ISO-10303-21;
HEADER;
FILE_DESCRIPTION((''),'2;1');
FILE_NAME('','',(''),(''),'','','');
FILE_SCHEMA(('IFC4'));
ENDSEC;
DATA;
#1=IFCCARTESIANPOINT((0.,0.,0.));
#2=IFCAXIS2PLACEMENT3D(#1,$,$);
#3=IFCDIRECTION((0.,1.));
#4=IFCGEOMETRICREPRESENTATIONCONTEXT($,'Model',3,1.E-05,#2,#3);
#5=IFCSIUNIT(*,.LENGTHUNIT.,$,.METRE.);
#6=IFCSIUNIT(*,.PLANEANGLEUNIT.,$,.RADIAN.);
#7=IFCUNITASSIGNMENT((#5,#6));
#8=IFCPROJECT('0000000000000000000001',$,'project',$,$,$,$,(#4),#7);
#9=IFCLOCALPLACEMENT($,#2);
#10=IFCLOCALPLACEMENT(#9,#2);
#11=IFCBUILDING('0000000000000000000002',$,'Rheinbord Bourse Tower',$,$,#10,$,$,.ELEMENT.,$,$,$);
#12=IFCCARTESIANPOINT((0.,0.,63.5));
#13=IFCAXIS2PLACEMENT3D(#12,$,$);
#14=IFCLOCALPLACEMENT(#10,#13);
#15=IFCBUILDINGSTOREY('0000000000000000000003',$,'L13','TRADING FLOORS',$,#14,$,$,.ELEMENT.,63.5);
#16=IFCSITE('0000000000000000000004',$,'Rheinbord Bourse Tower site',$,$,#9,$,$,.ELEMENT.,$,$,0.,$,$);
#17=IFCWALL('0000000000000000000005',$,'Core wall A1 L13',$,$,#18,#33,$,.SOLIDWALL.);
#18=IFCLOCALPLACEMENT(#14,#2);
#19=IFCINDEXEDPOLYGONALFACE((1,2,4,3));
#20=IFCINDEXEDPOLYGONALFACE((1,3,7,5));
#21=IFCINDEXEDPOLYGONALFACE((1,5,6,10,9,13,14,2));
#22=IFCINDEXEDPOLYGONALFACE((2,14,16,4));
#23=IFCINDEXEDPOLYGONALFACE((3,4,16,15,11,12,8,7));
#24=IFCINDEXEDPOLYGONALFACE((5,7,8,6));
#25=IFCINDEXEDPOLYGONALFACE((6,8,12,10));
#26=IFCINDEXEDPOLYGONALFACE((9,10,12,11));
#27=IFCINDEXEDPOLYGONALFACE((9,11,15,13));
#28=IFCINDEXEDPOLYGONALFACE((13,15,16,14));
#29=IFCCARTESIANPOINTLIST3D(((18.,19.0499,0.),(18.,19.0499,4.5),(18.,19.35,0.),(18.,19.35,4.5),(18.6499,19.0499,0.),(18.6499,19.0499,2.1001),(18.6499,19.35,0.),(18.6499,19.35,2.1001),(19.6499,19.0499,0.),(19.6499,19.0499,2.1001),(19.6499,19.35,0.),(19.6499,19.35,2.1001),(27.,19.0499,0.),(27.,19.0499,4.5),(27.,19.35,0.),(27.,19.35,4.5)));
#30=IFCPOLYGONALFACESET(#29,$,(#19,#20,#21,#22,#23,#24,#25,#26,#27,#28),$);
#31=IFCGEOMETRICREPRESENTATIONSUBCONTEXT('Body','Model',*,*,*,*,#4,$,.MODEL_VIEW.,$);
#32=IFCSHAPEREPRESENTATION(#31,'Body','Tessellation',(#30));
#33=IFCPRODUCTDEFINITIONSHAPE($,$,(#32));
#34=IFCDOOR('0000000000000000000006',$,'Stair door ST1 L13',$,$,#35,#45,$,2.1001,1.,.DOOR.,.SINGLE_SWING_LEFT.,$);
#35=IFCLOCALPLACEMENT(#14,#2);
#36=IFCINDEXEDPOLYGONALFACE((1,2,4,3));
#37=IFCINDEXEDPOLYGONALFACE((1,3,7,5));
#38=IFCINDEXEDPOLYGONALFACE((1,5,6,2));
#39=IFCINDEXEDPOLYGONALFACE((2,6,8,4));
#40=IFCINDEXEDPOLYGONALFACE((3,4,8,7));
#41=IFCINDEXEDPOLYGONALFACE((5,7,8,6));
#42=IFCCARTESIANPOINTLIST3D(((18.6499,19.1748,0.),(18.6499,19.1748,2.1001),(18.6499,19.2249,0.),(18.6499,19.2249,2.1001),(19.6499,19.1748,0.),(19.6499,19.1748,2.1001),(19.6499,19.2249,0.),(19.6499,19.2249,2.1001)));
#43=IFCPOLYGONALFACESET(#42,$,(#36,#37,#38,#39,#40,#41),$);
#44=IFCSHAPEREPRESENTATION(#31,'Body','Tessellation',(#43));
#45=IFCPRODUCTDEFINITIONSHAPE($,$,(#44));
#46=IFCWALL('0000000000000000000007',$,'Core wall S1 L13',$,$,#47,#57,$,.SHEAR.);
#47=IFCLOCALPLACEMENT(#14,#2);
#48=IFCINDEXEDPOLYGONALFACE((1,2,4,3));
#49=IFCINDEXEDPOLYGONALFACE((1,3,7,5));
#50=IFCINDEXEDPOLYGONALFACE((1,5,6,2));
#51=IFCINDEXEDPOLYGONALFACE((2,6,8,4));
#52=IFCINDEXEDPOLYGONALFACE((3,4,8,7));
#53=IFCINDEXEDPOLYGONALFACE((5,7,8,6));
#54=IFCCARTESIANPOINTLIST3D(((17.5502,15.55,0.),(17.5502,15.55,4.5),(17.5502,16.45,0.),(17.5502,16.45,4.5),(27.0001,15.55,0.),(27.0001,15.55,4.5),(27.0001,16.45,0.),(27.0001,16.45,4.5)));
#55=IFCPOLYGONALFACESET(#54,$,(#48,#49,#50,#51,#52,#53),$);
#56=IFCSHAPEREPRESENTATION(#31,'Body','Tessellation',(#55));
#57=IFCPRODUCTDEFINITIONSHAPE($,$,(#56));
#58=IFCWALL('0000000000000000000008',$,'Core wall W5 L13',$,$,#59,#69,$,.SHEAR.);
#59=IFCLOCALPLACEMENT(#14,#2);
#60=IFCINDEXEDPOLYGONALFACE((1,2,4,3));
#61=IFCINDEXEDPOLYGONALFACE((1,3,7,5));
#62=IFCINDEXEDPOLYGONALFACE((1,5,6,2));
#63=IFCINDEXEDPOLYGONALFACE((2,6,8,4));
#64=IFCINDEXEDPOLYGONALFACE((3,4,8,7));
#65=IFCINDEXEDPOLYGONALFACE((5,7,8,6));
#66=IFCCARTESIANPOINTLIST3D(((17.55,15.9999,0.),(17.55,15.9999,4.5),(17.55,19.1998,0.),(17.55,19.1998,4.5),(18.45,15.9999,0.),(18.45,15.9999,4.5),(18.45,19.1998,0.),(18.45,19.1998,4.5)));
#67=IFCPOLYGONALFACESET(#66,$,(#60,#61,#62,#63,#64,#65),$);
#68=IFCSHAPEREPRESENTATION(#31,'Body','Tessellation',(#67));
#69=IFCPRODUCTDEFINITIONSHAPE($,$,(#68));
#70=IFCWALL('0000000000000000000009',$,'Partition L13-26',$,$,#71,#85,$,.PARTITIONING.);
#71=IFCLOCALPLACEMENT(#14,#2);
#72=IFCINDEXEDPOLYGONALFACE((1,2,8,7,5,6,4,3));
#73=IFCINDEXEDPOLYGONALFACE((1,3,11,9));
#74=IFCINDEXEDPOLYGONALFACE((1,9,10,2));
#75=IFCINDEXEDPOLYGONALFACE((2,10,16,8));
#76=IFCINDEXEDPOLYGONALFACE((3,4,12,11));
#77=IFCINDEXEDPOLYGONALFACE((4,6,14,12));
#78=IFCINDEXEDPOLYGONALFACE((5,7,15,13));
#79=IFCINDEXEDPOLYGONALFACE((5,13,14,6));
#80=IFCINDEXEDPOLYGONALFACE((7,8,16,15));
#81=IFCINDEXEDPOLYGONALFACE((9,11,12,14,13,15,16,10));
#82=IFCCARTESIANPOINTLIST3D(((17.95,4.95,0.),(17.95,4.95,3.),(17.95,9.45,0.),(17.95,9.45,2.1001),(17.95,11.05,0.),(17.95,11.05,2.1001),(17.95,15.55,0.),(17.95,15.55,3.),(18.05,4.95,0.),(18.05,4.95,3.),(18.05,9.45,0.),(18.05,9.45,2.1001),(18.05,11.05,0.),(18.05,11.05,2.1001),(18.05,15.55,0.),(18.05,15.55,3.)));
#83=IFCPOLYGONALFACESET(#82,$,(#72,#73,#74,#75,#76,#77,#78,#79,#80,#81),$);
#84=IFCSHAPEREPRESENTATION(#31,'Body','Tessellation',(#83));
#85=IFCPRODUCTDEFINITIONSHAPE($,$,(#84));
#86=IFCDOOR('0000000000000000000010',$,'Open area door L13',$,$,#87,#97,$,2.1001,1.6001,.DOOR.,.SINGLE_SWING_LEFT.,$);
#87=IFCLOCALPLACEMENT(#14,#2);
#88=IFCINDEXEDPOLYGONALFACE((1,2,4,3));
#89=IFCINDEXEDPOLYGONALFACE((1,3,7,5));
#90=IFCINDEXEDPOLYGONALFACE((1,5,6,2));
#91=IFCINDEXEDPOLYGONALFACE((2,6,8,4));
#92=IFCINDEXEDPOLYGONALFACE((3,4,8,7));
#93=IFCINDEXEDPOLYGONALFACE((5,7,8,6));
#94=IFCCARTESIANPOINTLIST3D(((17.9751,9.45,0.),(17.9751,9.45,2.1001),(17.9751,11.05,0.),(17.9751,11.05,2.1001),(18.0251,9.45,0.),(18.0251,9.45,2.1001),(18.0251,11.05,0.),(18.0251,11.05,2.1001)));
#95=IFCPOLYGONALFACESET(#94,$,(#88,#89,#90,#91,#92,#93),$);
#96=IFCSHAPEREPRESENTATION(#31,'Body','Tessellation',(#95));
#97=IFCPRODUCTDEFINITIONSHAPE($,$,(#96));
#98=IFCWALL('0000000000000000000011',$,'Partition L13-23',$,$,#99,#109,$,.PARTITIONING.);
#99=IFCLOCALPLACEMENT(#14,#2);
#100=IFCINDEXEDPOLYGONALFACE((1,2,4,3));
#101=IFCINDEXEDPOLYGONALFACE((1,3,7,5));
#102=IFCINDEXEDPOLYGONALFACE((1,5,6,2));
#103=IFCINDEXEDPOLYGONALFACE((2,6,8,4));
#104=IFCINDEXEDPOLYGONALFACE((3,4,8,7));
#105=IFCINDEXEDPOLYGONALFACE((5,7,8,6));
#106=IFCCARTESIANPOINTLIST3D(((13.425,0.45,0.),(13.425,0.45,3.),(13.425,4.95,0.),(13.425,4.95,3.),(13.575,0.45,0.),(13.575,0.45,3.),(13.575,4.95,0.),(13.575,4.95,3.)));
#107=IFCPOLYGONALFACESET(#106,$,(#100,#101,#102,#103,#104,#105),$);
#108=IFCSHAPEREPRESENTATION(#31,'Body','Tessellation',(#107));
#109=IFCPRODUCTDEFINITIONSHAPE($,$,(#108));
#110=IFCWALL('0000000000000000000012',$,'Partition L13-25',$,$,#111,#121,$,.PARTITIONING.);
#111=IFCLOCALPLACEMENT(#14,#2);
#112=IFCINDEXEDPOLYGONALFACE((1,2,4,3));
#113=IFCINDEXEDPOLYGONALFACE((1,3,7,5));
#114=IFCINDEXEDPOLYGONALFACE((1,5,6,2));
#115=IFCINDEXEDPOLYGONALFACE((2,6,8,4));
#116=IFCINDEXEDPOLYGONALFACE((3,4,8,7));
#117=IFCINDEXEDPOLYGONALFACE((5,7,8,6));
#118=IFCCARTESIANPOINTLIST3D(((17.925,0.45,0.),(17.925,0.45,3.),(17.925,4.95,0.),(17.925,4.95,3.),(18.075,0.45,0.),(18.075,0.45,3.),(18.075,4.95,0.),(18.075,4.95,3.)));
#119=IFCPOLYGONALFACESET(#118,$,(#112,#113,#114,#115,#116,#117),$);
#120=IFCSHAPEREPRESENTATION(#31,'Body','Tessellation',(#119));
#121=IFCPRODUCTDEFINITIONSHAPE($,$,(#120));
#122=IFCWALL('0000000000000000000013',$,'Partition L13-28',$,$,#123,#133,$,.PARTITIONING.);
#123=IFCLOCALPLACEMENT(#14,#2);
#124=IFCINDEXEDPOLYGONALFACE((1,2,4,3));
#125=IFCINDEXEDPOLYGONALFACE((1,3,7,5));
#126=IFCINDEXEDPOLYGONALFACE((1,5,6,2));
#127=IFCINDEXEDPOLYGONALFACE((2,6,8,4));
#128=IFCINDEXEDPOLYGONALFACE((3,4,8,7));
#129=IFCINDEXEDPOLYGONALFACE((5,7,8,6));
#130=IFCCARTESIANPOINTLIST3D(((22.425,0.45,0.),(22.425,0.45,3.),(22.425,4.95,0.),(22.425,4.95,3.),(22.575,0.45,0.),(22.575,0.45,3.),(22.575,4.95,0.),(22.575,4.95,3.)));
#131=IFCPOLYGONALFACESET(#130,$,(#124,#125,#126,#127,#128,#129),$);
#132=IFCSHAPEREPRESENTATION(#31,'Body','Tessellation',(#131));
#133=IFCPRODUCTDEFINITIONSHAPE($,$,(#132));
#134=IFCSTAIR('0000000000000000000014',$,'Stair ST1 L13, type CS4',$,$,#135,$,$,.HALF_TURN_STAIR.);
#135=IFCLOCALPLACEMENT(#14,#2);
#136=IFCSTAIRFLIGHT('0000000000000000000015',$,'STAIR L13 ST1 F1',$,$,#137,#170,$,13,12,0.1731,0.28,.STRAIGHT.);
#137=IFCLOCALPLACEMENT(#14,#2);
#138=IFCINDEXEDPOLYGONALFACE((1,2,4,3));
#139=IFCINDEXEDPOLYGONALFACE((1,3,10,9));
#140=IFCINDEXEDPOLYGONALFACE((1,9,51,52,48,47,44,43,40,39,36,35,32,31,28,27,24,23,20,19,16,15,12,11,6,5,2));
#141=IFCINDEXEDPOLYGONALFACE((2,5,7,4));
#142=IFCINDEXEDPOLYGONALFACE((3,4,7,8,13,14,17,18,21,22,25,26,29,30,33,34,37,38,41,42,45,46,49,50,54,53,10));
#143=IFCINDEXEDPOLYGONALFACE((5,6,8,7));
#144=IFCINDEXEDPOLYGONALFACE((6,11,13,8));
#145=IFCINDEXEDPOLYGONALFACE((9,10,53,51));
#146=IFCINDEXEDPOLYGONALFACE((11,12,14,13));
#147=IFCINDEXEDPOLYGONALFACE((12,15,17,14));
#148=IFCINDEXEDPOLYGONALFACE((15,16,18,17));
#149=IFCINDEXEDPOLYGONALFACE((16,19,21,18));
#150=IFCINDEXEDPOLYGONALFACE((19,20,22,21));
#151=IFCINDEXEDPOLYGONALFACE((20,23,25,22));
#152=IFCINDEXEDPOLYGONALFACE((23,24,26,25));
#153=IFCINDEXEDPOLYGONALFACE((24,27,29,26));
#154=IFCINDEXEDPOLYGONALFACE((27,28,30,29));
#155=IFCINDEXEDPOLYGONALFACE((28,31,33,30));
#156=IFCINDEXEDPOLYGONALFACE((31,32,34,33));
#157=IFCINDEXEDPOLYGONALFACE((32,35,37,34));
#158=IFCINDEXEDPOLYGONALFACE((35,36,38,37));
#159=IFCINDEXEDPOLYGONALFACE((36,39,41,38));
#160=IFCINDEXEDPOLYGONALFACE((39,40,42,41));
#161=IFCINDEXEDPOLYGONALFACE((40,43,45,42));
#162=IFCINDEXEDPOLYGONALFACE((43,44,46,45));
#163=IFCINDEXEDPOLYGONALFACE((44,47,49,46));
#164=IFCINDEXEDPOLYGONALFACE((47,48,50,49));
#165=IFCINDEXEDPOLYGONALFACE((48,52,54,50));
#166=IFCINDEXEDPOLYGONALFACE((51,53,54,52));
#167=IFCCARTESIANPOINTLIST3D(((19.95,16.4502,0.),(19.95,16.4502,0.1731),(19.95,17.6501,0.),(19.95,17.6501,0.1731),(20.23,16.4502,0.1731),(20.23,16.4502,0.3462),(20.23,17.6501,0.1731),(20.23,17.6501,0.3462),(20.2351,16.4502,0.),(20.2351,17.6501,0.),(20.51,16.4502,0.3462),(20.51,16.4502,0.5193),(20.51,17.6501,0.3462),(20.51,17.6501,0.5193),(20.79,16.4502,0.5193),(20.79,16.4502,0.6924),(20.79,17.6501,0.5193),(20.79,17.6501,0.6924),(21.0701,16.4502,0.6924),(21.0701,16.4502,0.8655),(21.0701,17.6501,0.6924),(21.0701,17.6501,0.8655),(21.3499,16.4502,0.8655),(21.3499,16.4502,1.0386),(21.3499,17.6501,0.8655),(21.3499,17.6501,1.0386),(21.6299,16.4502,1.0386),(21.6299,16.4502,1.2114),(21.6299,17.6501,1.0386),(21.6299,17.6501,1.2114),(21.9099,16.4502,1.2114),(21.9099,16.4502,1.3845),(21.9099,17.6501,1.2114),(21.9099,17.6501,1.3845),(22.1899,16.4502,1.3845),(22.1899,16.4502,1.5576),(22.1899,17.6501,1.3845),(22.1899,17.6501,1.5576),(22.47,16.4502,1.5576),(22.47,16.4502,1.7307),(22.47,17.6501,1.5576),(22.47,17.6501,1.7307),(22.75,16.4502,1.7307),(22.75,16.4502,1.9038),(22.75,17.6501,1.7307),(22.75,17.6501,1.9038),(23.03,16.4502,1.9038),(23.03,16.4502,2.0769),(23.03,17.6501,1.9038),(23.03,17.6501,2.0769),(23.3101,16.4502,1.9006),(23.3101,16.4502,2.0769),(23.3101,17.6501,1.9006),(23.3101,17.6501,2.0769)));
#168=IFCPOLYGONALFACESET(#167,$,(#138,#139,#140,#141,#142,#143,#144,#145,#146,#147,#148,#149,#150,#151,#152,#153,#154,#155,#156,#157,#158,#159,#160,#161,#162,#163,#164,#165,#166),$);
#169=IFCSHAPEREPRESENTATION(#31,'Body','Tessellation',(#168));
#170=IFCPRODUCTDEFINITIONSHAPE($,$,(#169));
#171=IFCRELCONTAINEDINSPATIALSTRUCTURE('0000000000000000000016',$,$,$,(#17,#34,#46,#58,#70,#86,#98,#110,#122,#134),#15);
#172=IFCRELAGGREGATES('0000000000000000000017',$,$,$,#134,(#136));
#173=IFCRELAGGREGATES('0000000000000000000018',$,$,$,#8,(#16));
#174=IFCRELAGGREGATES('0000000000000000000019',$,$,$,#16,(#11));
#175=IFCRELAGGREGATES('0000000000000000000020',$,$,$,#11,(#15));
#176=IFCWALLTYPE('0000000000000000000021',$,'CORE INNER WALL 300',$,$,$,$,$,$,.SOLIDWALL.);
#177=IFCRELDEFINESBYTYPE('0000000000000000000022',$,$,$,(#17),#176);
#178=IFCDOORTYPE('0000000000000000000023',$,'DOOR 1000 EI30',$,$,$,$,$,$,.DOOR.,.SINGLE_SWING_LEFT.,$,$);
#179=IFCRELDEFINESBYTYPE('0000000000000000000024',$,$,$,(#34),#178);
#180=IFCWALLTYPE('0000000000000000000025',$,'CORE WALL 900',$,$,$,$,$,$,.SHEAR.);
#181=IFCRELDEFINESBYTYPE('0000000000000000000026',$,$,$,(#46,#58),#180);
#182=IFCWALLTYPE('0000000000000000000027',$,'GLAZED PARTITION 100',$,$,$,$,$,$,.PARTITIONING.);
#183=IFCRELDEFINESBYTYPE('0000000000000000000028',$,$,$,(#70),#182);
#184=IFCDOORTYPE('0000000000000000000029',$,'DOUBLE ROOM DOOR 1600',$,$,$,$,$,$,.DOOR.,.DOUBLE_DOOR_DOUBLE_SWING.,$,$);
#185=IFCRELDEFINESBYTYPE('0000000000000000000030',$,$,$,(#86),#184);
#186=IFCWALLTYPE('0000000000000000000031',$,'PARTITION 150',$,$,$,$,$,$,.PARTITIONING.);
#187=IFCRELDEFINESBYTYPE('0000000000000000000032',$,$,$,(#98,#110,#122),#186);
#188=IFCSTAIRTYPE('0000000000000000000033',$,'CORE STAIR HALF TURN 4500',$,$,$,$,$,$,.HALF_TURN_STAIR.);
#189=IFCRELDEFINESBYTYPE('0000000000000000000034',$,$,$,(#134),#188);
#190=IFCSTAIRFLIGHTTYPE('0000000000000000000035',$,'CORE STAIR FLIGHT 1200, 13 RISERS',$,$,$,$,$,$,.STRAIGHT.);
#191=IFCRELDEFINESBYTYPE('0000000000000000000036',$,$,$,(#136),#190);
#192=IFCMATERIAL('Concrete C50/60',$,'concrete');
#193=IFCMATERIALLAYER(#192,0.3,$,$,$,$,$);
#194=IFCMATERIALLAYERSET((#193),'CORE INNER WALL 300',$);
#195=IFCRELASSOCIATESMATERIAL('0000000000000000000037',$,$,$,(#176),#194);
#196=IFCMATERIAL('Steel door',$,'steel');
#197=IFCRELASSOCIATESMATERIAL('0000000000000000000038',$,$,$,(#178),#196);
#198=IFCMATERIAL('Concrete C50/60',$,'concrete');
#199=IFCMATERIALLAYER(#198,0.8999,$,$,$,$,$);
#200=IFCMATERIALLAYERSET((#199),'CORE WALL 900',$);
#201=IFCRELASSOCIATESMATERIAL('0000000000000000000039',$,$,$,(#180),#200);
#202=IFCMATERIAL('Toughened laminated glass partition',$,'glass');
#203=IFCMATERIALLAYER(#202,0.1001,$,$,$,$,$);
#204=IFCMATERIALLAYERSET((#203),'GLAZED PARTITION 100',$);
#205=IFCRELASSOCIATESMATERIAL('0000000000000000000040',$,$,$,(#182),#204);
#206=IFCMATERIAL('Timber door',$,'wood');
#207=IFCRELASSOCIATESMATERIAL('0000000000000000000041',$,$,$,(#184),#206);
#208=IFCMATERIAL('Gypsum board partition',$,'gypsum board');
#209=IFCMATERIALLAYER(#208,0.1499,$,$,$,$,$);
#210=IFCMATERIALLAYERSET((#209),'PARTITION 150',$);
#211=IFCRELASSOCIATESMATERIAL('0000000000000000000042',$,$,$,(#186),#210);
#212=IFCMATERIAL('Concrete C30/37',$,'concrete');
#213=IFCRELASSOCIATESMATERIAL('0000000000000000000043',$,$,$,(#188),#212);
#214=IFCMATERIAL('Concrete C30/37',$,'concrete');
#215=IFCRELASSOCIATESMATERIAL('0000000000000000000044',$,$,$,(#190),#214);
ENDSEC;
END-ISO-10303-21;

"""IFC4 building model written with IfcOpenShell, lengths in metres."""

from ifc_helpers import new_model, si_unit, direction, frame, frame_2d, origin, place, context, subcontext, project, spatial, polyline, rectangle, outline, extrude, material, layer, layer_set, type_object, element, fill, aggregate, save


model = new_model("IFC4")

# Units and contexts
model_context = context("Model", 3, precision=1e-05, world=origin(), true_north=direction((0.0, 1.0)))
body_context = subcontext(model_context, "Body", "Model", "MODEL_VIEW")
ifc_project = project(units=[si_unit("LENGTHUNIT", "METRE"), si_unit("PLANEANGLEUNIT", "RADIAN")], contexts=[model_context])

# Site, building, storey
site_placement = place(None, origin())
site = spatial("IfcSite", under=ifc_project, at=site_placement, Name="Rheinbord Bourse Tower site", CompositionType="ELEMENT", RefElevation=0.0)
building_placement = place(site_placement, origin())
building = spatial("IfcBuilding", under=site, at=building_placement, Name="Rheinbord Bourse Tower", CompositionType="ELEMENT")
storey_placement = place(building_placement, frame((0.0, 0.0, 63.5)))
storey = spatial("IfcBuildingStorey", under=building, at=storey_placement, Name="L13", Description="TRADING FLOORS", CompositionType="ELEMENT", Elevation=63.5)

# Wall, opening, door
ifc_material_1 = material(Name="Concrete C50/60", Category="concrete")
ifc_layer_1 = layer(ifc_material_1, 0.3)
ifc_layer_set_1 = layer_set([ifc_layer_1], Name="CORE INNER WALL 300")
wall_type_1 = type_object("IfcWallType", Name="CORE INNER WALL 300", PredefinedType="SOLIDWALL", material=ifc_layer_set_1)
wall_1_placement = place(storey_placement, frame((18.0, 19.2, 0.0), z_axis=(0.0, 0.0, 1.0), x_axis=(1.0, 0.0, 0.0)))
wall_1 = element("IfcWall", 1, at=wall_1_placement, inside=storey, type_object=wall_type_1, Name="Core wall A1 L13", PredefinedType="SOLIDWALL", context=body_context, shape_type="SweptSolid", body=[
    extrude(rectangle(XDim=9.0, YDim=0.3, at=frame_2d((4.5, 0.0))), origin(), (0.0, 0.0, 1.0), 4.5),
])
opening_1_placement = place(wall_1_placement, frame((0.6499, 0.0, 0.0)))
opening_1 = element("IfcOpeningElement", 2, at=opening_1_placement, cuts=wall_1, PredefinedType="OPENING", context=body_context, shape_type="SweptSolid", body=[
    extrude(rectangle(XDim=1.0, YDim=2.1001, at=frame_2d((0.5, 1.05))), frame((0.0, 0.1599, 0.0), z_axis=(0.0, -1.0, 0.0), x_axis=(1.0, 0.0, 0.0)), (0.0, 0.0, 1.0), 0.3201),
])
ifc_material_2 = material(Name="Steel door", Category="steel")
door_type_1 = type_object("IfcDoorType", Name="DOOR 1000 EI30", OperationType="SINGLE_SWING_LEFT", PredefinedType="DOOR", material=ifc_material_2)
door_1_placement = place(opening_1_placement, origin())
door_1 = element("IfcDoor", 3, at=door_1_placement, inside=storey, type_object=door_type_1, Name="Stair door ST1 L13", OperationType="SINGLE_SWING_LEFT", OverallHeight=2.1001, OverallWidth=1.0, PredefinedType="DOOR", context=body_context, shape_type="SweptSolid", body=[
    extrude(rectangle(XDim=1.0, YDim=2.1001, at=frame_2d((0.5, 1.05))), frame((0.0, 0.0249, 0.0), z_axis=(0.0, -1.0, 0.0), x_axis=(1.0, 0.0, 0.0)), (0.0, 0.0, 1.0), 0.05),
])
fill(opening_1, door_1)

# Walls
ifc_material_3 = material(Name="Concrete C50/60", Category="concrete")
ifc_layer_2 = layer(ifc_material_3, 0.8999)
ifc_layer_set_2 = layer_set([ifc_layer_2], Name="CORE WALL 900")
wall_type_2 = type_object("IfcWallType", Name="CORE WALL 900", PredefinedType="SHEAR", material=ifc_layer_set_2)
wall_2_placement = place(storey_placement, frame((17.55, 16.0, 0.0), z_axis=(0.0, 0.0, 1.0), x_axis=(1.0, 0.0, 0.0)))
element("IfcWall", 4, at=wall_2_placement, inside=storey, type_object=wall_type_2, Name="Core wall S1 L13", PredefinedType="SHEAR", context=body_context, shape_type="SweptSolid", body=[
    extrude(rectangle(XDim=9.45, YDim=0.8999, at=frame_2d((4.7251, 0.0))), origin(), (0.0, 0.0, 1.0), 4.5),
])
wall_3_placement = place(storey_placement, frame((18.0, 19.2, 0.0), z_axis=(0.0, 0.0, 1.0), x_axis=(0.0, -1.0, 0.0)))
element("IfcWall", 5, at=wall_3_placement, inside=storey, type_object=wall_type_2, Name="Core wall W5 L13", PredefinedType="SHEAR", context=body_context, shape_type="SweptSolid", body=[
    extrude(rectangle(XDim=3.2, YDim=0.8999, at=frame_2d((1.6001, 0.0))), origin(), (0.0, 0.0, 1.0), 4.5),
])

# Wall, opening, door
ifc_material_4 = material(Name="Toughened laminated glass partition", Category="glass")
ifc_layer_3 = layer(ifc_material_4, 0.1001)
ifc_layer_set_3 = layer_set([ifc_layer_3], Name="GLAZED PARTITION 100")
wall_type_3 = type_object("IfcWallType", Name="GLAZED PARTITION 100", PredefinedType="PARTITIONING", material=ifc_layer_set_3)
wall_4_placement = place(storey_placement, frame((18.0, 4.95, 0.0), z_axis=(0.0, 0.0, 1.0), x_axis=(0.0, 1.0, 0.0)))
wall_4 = element("IfcWall", 6, at=wall_4_placement, inside=storey, type_object=wall_type_3, Name="Partition L13-26", PredefinedType="PARTITIONING", context=body_context, shape_type="SweptSolid", body=[
    extrude(rectangle(XDim=10.6001, YDim=0.1001, at=frame_2d((5.3, 0.0))), origin(), (0.0, 0.0, 1.0), 3.0),
])
opening_2_placement = place(wall_4_placement, frame((4.5, 0.0, 0.0)))
opening_2 = element("IfcOpeningElement", 7, at=opening_2_placement, cuts=wall_4, PredefinedType="OPENING", context=body_context, shape_type="SweptSolid", body=[
    extrude(rectangle(XDim=1.6001, YDim=2.1001, at=frame_2d((0.8, 1.05))), frame((0.0, 0.0601, 0.0), z_axis=(0.0, -1.0, 0.0), x_axis=(1.0, 0.0, 0.0)), (0.0, 0.0, 1.0), 0.1201),
])
ifc_material_5 = material(Name="Timber door", Category="wood")
door_type_2 = type_object("IfcDoorType", Name="DOUBLE ROOM DOOR 1600", OperationType="DOUBLE_DOOR_DOUBLE_SWING", PredefinedType="DOOR", material=ifc_material_5)
door_2_placement = place(opening_2_placement, origin())
door_2 = element("IfcDoor", 8, at=door_2_placement, inside=storey, type_object=door_type_2, Name="Open area door L13", OperationType="SINGLE_SWING_LEFT", OverallHeight=2.1001, OverallWidth=1.6001, PredefinedType="DOOR", context=body_context, shape_type="SweptSolid", body=[
    extrude(rectangle(XDim=1.6001, YDim=2.1001, at=frame_2d((0.8, 1.05))), frame((0.0, 0.0249, 0.0), z_axis=(0.0, -1.0, 0.0), x_axis=(1.0, 0.0, 0.0)), (0.0, 0.0, 1.0), 0.05),
])
fill(opening_2, door_2)

# Walls
ifc_material_6 = material(Name="Gypsum board partition", Category="gypsum board")
ifc_layer_4 = layer(ifc_material_6, 0.1499)
ifc_layer_set_4 = layer_set([ifc_layer_4], Name="PARTITION 150")
wall_type_4 = type_object("IfcWallType", Name="PARTITION 150", PredefinedType="PARTITIONING", material=ifc_layer_set_4)
for number, where, z_axis, x_axis, name in (
    (9, (13.5, 0.45, 0.0), (0.0, 0.0, 1.0), (0.0, 1.0, 0.0), "Partition L13-23"),
    (10, (18.0, 0.45, 0.0), (0.0, 0.0, 1.0), (0.0, 1.0, 0.0), "Partition L13-25"),
    (11, (22.5, 0.45, 0.0), (0.0, 0.0, 1.0), (0.0, 1.0, 0.0), "Partition L13-28"),
):
    element("IfcWall", number, at=place(storey_placement, frame(where, z_axis=z_axis, x_axis=x_axis)), inside=storey, type_object=wall_type_4, Name=name, PredefinedType="PARTITIONING", context=body_context, shape_type="SweptSolid", body=[
        extrude(rectangle(XDim=4.5, YDim=0.1499, at=frame_2d((2.25, 0.0))), origin(), (0.0, 0.0, 1.0), 3.0),
    ])

# Stair, stair flight
ifc_material_7 = material(Name="Concrete C30/37", Category="concrete")
stair_type = type_object("IfcStairType", Name="CORE STAIR HALF TURN 4500", PredefinedType="HALF_TURN_STAIR", material=ifc_material_7)
stair_placement = place(storey_placement, origin())
stair = element("IfcStair", 12, at=stair_placement, inside=storey, type_object=stair_type, Name="Stair ST1 L13, type CS4", PredefinedType="HALF_TURN_STAIR")
ifc_material_8 = material(Name="Concrete C30/37", Category="concrete")
stair_flight_type = type_object("IfcStairFlightType", Name="CORE STAIR FLIGHT 1200, 13 RISERS", PredefinedType="STRAIGHT", material=ifc_material_8)
stair_flight_1_placement = place(storey_placement, frame((19.95, 17.05, 0.0), z_axis=(0.0, 0.0, 1.0), x_axis=(1.0, 0.0, 0.0)))
stair_flight_1 = element("IfcStairFlight", 13, at=stair_flight_1_placement, type_object=stair_flight_type, Name="STAIR L13 ST1 F1", NumberOfRisers=13, NumberOfTreads=12, PredefinedType="STRAIGHT", RiserHeight=0.1731, TreadLength=0.28, context=body_context, shape_type="SweptSolid", body=[
    extrude(outline(polyline([(0.0, 0.0), (0.0, 0.1731), (0.28, 0.1731), (0.28, 0.3462), (0.5601, 0.3462), (0.5601, 0.5193), (0.8401, 0.5193), (0.8401, 0.6924), (1.1201, 0.6924), (1.1201, 0.8655), (1.3999, 0.8655), (1.3999, 1.0386), (1.6799, 1.0386), (1.6799, 1.2114), (1.96, 1.2114), (1.96, 1.3845), (2.24, 1.3845), (2.24, 1.5576), (2.52, 1.5576), (2.52, 1.7307), (2.8, 1.7307), (2.8, 1.9038), (3.0801, 1.9038), (3.0801, 2.0769), (3.3601, 2.0769), (3.3601, 2.25), (3.3601, 1.9006), (0.2852, 0.0), (0.0, 0.0)])), frame((0.0, 0.6001, 0.0), z_axis=(0.0, -1.0, 0.0), x_axis=(1.0, 0.0, 0.0)), (0.0, 0.0, 1.0), 1.2),
])
aggregate(stair, [stair_flight_1])

save(model, "model.ifc")
